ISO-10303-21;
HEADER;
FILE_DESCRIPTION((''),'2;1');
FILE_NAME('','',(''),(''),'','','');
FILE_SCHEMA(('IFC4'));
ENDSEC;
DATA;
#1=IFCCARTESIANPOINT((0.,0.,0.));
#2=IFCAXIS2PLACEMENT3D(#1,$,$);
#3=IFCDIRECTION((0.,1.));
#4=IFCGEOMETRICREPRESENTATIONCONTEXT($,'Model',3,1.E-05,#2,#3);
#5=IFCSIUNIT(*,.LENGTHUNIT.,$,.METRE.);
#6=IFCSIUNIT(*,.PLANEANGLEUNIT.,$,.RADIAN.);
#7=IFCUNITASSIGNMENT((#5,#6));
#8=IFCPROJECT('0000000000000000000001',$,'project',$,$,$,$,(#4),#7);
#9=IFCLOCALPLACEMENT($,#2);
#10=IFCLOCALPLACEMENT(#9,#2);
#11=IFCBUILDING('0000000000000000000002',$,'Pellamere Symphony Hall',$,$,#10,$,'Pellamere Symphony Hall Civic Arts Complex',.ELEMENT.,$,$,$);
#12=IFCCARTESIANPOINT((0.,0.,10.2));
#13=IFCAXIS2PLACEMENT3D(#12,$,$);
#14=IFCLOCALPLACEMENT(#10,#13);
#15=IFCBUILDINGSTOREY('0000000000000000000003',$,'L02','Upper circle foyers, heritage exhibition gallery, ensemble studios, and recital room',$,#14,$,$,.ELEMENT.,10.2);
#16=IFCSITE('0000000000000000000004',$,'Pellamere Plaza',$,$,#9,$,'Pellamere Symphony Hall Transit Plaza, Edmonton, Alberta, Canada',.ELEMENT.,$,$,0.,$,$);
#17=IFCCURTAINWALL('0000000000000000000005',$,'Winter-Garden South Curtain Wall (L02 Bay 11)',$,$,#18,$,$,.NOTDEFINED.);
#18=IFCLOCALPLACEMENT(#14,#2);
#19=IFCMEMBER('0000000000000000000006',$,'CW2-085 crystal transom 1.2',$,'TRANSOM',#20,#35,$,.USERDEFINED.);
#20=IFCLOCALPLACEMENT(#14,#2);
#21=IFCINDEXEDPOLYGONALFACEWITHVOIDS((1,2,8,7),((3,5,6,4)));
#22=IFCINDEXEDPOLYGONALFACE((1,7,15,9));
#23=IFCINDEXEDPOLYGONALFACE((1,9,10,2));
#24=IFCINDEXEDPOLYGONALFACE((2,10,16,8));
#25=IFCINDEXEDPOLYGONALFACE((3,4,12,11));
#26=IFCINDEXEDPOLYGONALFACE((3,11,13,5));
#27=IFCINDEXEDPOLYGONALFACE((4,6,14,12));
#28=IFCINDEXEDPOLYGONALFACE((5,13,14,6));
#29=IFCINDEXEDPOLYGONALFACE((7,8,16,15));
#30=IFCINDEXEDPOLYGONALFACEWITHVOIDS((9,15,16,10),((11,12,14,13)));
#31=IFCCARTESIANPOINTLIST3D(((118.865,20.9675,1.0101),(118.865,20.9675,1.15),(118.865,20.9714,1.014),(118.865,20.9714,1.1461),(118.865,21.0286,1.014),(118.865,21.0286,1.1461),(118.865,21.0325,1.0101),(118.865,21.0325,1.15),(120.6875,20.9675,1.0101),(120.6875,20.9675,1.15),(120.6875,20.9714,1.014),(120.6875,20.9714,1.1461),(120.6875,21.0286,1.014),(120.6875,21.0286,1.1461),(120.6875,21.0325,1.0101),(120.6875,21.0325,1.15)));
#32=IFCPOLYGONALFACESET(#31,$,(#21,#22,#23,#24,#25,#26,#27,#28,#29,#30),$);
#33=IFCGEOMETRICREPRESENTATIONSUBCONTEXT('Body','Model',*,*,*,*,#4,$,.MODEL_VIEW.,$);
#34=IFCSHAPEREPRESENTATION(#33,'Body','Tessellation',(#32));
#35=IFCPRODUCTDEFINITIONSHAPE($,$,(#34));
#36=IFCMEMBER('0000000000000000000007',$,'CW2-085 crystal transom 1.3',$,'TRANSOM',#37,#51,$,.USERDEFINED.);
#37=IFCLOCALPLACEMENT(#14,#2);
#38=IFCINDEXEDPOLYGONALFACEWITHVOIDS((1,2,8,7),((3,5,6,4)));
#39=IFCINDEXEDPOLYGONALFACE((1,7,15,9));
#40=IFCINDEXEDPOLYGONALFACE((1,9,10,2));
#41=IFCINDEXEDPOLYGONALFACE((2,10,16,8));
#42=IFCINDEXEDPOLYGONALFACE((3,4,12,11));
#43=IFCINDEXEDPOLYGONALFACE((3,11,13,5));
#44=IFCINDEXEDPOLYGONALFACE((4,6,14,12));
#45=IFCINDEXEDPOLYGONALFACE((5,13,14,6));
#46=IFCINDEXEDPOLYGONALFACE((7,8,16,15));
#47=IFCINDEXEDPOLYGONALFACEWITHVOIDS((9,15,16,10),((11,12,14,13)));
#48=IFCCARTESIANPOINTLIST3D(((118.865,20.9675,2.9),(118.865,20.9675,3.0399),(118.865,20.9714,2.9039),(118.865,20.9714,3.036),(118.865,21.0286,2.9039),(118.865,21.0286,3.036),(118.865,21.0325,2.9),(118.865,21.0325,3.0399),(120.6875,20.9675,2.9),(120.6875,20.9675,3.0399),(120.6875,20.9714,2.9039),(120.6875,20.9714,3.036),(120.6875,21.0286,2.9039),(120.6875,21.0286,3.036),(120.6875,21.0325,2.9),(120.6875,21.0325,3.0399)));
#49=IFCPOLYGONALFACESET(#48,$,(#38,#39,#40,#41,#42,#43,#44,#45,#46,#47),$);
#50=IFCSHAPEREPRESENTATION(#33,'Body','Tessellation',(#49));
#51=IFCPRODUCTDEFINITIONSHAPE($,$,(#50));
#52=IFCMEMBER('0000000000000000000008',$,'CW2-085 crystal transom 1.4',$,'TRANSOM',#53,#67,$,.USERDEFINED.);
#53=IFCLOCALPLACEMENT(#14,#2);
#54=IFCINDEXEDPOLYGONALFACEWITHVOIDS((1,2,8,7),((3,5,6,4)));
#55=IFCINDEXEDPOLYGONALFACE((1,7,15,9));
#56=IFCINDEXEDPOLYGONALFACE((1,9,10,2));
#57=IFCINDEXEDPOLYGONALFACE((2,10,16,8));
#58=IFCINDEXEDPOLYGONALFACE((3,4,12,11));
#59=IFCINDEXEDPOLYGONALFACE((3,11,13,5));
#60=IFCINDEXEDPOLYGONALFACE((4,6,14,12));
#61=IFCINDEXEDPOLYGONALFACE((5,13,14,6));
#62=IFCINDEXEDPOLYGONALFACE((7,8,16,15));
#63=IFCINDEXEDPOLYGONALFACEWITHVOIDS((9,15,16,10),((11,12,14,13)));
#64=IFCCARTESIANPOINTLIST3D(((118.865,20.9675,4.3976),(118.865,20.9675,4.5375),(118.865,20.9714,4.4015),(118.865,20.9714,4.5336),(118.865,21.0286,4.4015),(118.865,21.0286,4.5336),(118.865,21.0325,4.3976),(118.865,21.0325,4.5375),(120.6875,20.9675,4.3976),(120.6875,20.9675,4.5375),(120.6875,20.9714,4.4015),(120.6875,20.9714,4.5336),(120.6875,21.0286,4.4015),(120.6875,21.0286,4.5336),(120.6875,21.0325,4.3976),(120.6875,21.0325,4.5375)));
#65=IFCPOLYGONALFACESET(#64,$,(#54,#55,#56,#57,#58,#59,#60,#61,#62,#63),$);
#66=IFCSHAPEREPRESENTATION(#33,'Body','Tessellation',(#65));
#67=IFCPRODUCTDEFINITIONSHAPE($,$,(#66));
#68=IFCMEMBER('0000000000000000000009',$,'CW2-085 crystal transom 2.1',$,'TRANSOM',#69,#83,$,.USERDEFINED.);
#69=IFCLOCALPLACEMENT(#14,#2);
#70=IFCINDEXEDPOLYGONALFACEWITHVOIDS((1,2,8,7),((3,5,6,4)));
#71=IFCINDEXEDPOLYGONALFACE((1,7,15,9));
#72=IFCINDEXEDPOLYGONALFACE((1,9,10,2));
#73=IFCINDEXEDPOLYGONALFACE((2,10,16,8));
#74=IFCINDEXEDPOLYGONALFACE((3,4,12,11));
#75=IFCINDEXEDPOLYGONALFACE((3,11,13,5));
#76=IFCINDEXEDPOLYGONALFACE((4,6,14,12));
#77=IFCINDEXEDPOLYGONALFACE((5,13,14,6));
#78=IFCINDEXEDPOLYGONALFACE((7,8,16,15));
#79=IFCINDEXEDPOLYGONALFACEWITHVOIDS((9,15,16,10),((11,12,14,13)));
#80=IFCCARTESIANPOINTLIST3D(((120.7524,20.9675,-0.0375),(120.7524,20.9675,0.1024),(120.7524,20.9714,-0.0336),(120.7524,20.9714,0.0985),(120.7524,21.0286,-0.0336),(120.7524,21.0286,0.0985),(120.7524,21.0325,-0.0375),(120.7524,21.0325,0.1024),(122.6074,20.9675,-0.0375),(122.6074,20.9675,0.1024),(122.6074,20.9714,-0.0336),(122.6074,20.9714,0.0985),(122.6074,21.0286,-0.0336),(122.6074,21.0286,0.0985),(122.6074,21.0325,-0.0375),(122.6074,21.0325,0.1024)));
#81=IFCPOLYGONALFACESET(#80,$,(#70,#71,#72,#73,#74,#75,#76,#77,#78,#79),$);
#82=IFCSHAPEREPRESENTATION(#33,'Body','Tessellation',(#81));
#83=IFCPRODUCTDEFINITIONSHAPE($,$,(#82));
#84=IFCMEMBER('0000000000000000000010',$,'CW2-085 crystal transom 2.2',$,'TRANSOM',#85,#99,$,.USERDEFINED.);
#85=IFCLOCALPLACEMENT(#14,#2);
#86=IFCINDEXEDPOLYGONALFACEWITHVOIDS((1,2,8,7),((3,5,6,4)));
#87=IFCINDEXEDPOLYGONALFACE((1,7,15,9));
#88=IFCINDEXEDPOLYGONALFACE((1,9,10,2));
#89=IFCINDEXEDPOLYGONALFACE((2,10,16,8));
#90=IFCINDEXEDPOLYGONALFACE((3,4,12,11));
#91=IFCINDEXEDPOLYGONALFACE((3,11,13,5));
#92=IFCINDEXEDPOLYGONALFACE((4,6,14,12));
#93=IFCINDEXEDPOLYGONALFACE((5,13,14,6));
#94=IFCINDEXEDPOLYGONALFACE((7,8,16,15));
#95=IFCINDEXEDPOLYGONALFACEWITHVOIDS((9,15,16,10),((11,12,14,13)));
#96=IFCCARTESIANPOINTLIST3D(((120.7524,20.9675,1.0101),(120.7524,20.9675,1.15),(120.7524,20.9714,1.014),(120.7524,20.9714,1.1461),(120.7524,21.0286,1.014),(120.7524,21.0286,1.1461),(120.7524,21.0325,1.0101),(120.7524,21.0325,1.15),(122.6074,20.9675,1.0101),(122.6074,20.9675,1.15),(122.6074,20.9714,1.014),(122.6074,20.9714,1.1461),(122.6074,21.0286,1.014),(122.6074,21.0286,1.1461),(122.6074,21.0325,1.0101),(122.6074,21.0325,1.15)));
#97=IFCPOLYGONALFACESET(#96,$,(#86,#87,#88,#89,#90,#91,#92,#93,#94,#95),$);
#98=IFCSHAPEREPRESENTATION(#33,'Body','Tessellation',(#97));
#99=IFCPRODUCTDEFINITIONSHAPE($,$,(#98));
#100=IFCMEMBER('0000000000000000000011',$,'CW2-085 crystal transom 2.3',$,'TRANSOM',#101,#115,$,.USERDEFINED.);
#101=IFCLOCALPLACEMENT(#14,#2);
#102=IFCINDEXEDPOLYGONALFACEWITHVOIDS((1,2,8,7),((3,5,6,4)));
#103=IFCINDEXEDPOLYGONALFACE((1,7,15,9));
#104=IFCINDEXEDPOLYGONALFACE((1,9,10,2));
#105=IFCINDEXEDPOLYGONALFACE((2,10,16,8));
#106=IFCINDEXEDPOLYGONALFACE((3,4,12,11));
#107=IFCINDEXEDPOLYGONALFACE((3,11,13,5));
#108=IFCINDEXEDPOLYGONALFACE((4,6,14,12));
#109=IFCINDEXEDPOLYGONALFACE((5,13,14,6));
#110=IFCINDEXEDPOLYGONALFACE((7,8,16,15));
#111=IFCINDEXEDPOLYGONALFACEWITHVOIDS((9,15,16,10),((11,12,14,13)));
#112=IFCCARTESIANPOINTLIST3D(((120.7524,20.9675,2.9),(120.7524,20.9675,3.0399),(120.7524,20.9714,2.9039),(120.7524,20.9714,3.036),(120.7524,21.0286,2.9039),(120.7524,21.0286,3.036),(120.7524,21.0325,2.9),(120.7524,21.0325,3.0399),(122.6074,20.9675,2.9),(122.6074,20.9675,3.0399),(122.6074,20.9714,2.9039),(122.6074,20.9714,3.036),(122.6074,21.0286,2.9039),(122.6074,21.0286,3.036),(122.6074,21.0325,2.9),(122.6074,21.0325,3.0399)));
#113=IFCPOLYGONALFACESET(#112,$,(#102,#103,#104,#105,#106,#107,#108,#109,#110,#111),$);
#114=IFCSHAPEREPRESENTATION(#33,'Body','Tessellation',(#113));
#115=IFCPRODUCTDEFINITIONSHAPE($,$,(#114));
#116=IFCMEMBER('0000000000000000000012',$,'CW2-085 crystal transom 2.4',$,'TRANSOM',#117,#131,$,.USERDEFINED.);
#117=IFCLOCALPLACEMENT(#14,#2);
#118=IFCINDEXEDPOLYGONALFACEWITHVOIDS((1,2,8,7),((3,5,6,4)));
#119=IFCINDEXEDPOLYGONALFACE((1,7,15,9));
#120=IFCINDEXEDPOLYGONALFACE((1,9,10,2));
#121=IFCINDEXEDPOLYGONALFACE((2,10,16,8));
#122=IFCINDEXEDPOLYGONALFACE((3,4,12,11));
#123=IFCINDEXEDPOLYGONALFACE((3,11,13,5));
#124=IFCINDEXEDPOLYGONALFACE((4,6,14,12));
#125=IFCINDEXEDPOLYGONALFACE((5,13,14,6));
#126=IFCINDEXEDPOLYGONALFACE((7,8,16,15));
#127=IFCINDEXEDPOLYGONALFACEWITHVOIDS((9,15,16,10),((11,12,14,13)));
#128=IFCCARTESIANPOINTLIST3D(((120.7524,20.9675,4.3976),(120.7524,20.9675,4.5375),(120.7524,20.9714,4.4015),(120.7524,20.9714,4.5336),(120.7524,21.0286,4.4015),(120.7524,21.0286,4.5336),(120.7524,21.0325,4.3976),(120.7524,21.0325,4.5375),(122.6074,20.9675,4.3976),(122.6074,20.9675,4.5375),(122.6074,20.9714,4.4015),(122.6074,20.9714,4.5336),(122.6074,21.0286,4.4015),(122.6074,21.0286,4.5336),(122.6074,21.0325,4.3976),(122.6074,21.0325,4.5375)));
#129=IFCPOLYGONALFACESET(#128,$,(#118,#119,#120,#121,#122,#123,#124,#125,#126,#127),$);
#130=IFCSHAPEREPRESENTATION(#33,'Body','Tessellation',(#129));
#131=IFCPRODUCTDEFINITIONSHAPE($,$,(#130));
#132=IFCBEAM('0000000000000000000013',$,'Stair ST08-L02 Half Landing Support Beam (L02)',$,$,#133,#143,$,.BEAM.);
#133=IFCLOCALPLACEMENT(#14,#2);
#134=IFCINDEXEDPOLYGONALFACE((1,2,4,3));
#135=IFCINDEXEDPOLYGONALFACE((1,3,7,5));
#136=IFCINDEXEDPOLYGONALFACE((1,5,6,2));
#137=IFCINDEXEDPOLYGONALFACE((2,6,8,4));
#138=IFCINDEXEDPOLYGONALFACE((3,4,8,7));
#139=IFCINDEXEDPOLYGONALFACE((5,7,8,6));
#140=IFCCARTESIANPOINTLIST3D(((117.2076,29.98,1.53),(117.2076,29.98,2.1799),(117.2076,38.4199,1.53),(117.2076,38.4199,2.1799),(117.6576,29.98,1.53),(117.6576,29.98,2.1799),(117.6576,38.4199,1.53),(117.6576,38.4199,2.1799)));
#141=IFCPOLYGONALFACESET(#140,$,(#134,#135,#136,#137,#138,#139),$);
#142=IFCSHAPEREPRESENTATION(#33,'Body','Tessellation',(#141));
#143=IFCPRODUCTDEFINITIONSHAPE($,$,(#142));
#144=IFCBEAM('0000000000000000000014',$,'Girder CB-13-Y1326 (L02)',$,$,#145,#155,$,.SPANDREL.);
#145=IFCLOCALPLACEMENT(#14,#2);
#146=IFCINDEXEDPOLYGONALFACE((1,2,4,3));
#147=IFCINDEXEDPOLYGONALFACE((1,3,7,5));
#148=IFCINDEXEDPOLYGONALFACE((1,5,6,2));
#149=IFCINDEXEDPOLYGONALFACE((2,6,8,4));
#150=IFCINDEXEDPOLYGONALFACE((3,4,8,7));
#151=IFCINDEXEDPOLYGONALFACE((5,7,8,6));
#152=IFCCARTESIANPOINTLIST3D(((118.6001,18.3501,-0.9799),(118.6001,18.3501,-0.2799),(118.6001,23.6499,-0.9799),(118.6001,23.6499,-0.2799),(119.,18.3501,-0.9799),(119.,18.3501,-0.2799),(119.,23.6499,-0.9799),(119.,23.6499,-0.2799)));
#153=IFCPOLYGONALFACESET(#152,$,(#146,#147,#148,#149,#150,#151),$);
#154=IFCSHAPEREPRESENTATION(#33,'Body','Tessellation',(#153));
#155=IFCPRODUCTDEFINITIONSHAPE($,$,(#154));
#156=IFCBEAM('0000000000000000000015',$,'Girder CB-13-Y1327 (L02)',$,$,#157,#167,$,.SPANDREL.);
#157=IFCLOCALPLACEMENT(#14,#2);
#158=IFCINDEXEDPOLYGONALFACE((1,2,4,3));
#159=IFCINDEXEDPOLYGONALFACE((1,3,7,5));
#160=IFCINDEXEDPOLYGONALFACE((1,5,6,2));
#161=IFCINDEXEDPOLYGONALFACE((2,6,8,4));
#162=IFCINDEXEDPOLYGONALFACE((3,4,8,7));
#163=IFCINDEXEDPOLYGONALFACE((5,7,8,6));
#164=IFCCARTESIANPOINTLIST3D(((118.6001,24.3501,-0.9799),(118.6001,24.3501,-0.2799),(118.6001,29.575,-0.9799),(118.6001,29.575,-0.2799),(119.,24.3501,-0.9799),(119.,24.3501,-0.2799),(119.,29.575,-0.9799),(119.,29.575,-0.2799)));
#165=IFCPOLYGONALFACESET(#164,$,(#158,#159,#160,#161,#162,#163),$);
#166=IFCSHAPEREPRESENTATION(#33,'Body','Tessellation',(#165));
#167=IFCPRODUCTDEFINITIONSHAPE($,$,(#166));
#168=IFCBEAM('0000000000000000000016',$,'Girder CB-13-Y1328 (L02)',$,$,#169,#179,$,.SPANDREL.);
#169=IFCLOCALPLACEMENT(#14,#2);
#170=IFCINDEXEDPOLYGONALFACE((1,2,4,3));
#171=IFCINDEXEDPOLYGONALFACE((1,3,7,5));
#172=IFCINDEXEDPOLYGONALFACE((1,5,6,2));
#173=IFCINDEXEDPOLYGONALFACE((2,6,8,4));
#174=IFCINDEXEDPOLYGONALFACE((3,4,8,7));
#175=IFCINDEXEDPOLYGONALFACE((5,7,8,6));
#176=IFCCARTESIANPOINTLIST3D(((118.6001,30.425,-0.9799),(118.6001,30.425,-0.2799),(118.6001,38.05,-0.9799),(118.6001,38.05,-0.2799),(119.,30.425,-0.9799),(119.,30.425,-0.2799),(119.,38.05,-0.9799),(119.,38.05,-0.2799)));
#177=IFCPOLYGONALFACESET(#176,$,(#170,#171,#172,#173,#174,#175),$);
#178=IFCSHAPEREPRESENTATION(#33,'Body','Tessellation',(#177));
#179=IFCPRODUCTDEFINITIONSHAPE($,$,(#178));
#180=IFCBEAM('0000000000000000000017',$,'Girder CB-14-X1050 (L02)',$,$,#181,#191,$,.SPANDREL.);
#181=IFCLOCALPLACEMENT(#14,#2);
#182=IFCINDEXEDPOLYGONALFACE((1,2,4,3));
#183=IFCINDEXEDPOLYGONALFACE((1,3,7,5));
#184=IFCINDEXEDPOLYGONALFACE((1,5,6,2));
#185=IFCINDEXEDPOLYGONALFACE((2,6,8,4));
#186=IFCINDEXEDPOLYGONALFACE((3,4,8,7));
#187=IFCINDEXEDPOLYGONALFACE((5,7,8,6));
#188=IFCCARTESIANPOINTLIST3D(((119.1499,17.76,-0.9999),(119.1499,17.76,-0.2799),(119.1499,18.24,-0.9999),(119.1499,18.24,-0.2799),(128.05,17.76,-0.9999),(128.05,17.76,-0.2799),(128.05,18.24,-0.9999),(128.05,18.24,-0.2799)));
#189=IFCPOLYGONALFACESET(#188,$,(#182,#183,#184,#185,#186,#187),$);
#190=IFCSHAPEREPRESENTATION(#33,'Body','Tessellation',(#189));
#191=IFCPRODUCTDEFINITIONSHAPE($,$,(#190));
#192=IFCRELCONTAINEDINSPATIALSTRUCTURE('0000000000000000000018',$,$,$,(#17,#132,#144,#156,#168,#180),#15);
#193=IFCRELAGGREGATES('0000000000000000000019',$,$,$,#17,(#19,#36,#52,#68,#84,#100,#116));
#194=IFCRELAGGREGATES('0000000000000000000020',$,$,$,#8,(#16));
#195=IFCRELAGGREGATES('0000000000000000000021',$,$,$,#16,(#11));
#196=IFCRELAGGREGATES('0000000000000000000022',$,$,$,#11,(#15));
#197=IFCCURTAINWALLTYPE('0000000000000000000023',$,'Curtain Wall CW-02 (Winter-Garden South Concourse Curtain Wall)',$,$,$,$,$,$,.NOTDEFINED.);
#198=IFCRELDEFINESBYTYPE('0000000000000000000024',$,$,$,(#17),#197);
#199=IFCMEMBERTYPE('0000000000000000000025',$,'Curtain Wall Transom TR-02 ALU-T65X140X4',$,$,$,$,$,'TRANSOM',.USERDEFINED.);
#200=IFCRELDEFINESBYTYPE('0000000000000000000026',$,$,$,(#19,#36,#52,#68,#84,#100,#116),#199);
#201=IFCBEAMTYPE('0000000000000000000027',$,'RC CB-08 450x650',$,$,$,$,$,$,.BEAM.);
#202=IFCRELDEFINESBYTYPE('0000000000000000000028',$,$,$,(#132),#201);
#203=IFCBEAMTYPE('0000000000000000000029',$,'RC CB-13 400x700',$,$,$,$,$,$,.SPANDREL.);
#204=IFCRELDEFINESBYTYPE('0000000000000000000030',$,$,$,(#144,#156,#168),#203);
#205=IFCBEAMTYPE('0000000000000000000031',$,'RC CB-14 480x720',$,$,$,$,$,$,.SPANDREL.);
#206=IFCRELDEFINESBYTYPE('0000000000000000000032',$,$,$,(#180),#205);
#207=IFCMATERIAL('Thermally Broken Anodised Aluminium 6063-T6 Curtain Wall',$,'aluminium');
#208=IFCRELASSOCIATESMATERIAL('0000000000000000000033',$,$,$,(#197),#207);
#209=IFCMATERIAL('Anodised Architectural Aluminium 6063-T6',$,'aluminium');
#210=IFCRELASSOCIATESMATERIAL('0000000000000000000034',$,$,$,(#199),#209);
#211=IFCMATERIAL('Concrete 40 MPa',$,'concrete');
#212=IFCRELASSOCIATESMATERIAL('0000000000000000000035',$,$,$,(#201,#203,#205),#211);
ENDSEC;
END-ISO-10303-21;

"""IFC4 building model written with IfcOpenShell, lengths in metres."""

from ifc_helpers import new_model, si_unit, direction, frame, origin, origin_2d, place, context, subcontext, project, spatial, rectangle, hollow_rectangle, extrude, material, material_profile, profile_set, type_object, element, aggregate, save


model = new_model("IFC4")

# Units and contexts
model_context = context("Model", 3, precision=1e-05, world=origin(), true_north=direction((0.0, 1.0)))
body_context = subcontext(model_context, "Body", "Model", "MODEL_VIEW")
ifc_project = project(units=[si_unit("LENGTHUNIT", "METRE"), si_unit("PLANEANGLEUNIT", "RADIAN")], contexts=[model_context])

# Site, building, storey
site_placement = place(None, origin())
site = spatial("IfcSite", under=ifc_project, at=site_placement, Name="Pellamere Plaza", LongName="Pellamere Symphony Hall Transit Plaza, Edmonton, Alberta, Canada", CompositionType="ELEMENT", RefElevation=0.0)
building_placement = place(site_placement, origin())
building = spatial("IfcBuilding", under=site, at=building_placement, Name="Pellamere Symphony Hall", LongName="Pellamere Symphony Hall Civic Arts Complex", CompositionType="ELEMENT")
storey_placement = place(building_placement, frame((0.0, 0.0, 10.2)))
storey = spatial("IfcBuildingStorey", under=building, at=storey_placement, Name="L02", Description="Upper circle foyers, heritage exhibition gallery, ensemble studios, and recital room", CompositionType="ELEMENT", Elevation=10.2)

# Shared definitions
ifc_material_1 = material(Name="Concrete 40 MPa", Category="concrete")

# Shared definitions
ifc_material_2 = material(Name="Thermally Broken Anodised Aluminium 6063-T6 Curtain Wall", Category="aluminium")
ifc_material_3 = material(Name="Anodised Architectural Aluminium 6063-T6", Category="aluminium")
curtain_wall_type_1 = type_object("IfcCurtainWallType", Name="Curtain Wall CW-02 (Winter-Garden South Concourse Curtain Wall)", PredefinedType="NOTDEFINED", material=ifc_material_2)

# Curtain wall
curtain_wall_1_placement = place(storey_placement, origin())
curtain_wall_1 = element("IfcCurtainWall", 1, at=curtain_wall_1_placement, inside=storey, type_object=curtain_wall_type_1, Name="Winter-Garden South Curtain Wall (L02 Bay 11)", PredefinedType="NOTDEFINED")

# Members
ifc_material_profile_1 = material_profile(ifc_material_3, hollow_rectangle(XDim=0.0649, YDim=0.1399, WallThickness=0.0039, at=origin_2d()), Name="ALU-T65X140X4")
ifc_profile_set_1 = profile_set([ifc_material_profile_1], Name="Anodised Architectural Aluminium 6063-T6")
member_type_1 = type_object("IfcMemberType", Name="Curtain Wall Transom TR-02 ALU-T65X140X4", ElementType="TRANSOM", PredefinedType="USERDEFINED", material=ifc_profile_set_1)
member_1_placement = place(storey_placement, frame((118.865, 21.0, 1.0801), z_axis=(1.0, 0.0, 0.0), x_axis=(0.0, 1.0, 0.0)))
member_1 = element("IfcMember", 2, at=member_1_placement, type_object=member_type_1, Name="CW2-085 crystal transom 1.2", ObjectType="TRANSOM", PredefinedType="USERDEFINED", context=body_context, shape_type="SweptSolid", body=[
    extrude(hollow_rectangle(XDim=0.0649, YDim=0.1399, WallThickness=0.0039, at=origin_2d()), origin(), (0.0, 0.0, 1.0), 1.8225),
])
member_2_placement = place(storey_placement, frame((118.865, 21.0, 2.97), z_axis=(1.0, 0.0, 0.0), x_axis=(0.0, 1.0, 0.0)))
member_2 = element("IfcMember", 3, at=member_2_placement, type_object=member_type_1, Name="CW2-085 crystal transom 1.3", ObjectType="TRANSOM", PredefinedType="USERDEFINED", context=body_context, shape_type="SweptSolid", body=[
    extrude(hollow_rectangle(XDim=0.0649, YDim=0.1399, WallThickness=0.0039, at=origin_2d()), origin(), (0.0, 0.0, 1.0), 1.8225),
])
member_3_placement = place(storey_placement, frame((118.865, 21.0, 4.4675), z_axis=(1.0, 0.0, 0.0), x_axis=(0.0, 1.0, 0.0)))
member_3 = element("IfcMember", 4, at=member_3_placement, type_object=member_type_1, Name="CW2-085 crystal transom 1.4", ObjectType="TRANSOM", PredefinedType="USERDEFINED", context=body_context, shape_type="SweptSolid", body=[
    extrude(hollow_rectangle(XDim=0.0649, YDim=0.1399, WallThickness=0.0039, at=origin_2d()), origin(), (0.0, 0.0, 1.0), 1.8225),
])
member_4_placement = place(storey_placement, frame((120.7524, 21.0, 0.0325), z_axis=(1.0, 0.0, 0.0), x_axis=(0.0, 1.0, 0.0)))
member_4 = element("IfcMember", 5, at=member_4_placement, type_object=member_type_1, Name="CW2-085 crystal transom 2.1", ObjectType="TRANSOM", PredefinedType="USERDEFINED", context=body_context, shape_type="SweptSolid", body=[
    extrude(hollow_rectangle(XDim=0.0649, YDim=0.1399, WallThickness=0.0039, at=origin_2d()), origin(), (0.0, 0.0, 1.0), 1.855),
])
member_5_placement = place(storey_placement, frame((120.7524, 21.0, 1.0801), z_axis=(1.0, 0.0, 0.0), x_axis=(0.0, 1.0, 0.0)))
member_5 = element("IfcMember", 6, at=member_5_placement, type_object=member_type_1, Name="CW2-085 crystal transom 2.2", ObjectType="TRANSOM", PredefinedType="USERDEFINED", context=body_context, shape_type="SweptSolid", body=[
    extrude(hollow_rectangle(XDim=0.0649, YDim=0.1399, WallThickness=0.0039, at=origin_2d()), origin(), (0.0, 0.0, 1.0), 1.855),
])
member_6_placement = place(storey_placement, frame((120.7524, 21.0, 2.97), z_axis=(1.0, 0.0, 0.0), x_axis=(0.0, 1.0, 0.0)))
member_6 = element("IfcMember", 7, at=member_6_placement, type_object=member_type_1, Name="CW2-085 crystal transom 2.3", ObjectType="TRANSOM", PredefinedType="USERDEFINED", context=body_context, shape_type="SweptSolid", body=[
    extrude(hollow_rectangle(XDim=0.0649, YDim=0.1399, WallThickness=0.0039, at=origin_2d()), origin(), (0.0, 0.0, 1.0), 1.855),
])
member_7_placement = place(storey_placement, frame((120.7524, 21.0, 4.4675), z_axis=(1.0, 0.0, 0.0), x_axis=(0.0, 1.0, 0.0)))
member_7 = element("IfcMember", 8, at=member_7_placement, type_object=member_type_1, Name="CW2-085 crystal transom 2.4", ObjectType="TRANSOM", PredefinedType="USERDEFINED", context=body_context, shape_type="SweptSolid", body=[
    extrude(hollow_rectangle(XDim=0.0649, YDim=0.1399, WallThickness=0.0039, at=origin_2d()), origin(), (0.0, 0.0, 1.0), 1.855),
])

# Beams
ifc_material_profile_2 = material_profile(ifc_material_1, rectangle(XDim=0.45, YDim=0.6499, at=origin_2d()), Name="RC 450x650")
ifc_profile_set_2 = profile_set([ifc_material_profile_2], Name="Concrete 40 MPa")
beam_type_1 = type_object("IfcBeamType", Name="RC CB-08 450x650", PredefinedType="BEAM", material=ifc_profile_set_2)
beam_1_placement = place(storey_placement, frame((117.4326, 29.98, 1.855), z_axis=(0.0, 1.0, 0.0), x_axis=(-1.0, 0.0, 0.0)))
element("IfcBeam", 9, at=beam_1_placement, inside=storey, type_object=beam_type_1, Name="Stair ST08-L02 Half Landing Support Beam (L02)", PredefinedType="BEAM", context=body_context, shape_type="SweptSolid", body=[
    extrude(rectangle(XDim=0.45, YDim=0.6499, at=origin_2d()), origin(), (0.0, 0.0, 1.0), 8.4399),
])
ifc_material_profile_3 = material_profile(ifc_material_1, rectangle(XDim=0.3999, YDim=0.7, at=origin_2d()), Name="RC 400x700")
ifc_profile_set_3 = profile_set([ifc_material_profile_3], Name="Concrete 40 MPa")
beam_type_2 = type_object("IfcBeamType", Name="RC CB-13 400x700", PredefinedType="SPANDREL", material=ifc_profile_set_3)
beam_2_placement = place(storey_placement, frame((118.8, 18.3501, -0.6299), z_axis=(0.0, 1.0, 0.0), x_axis=(-1.0, 0.0, 0.0)))
element("IfcBeam", 10, at=beam_2_placement, inside=storey, type_object=beam_type_2, Name="Girder CB-13-Y1326 (L02)", PredefinedType="SPANDREL", context=body_context, shape_type="SweptSolid", body=[
    extrude(rectangle(XDim=0.3999, YDim=0.7, at=origin_2d()), origin(), (0.0, 0.0, 1.0), 5.2998),
])
beam_3_placement = place(storey_placement, frame((118.8, 24.3501, -0.6299), z_axis=(0.0, 1.0, 0.0), x_axis=(-1.0, 0.0, 0.0)))
element("IfcBeam", 11, at=beam_3_placement, inside=storey, type_object=beam_type_2, Name="Girder CB-13-Y1327 (L02)", PredefinedType="SPANDREL", context=body_context, shape_type="SweptSolid", body=[
    extrude(rectangle(XDim=0.3999, YDim=0.7, at=origin_2d()), origin(), (0.0, 0.0, 1.0), 5.2249),
])
beam_4_placement = place(storey_placement, frame((118.8, 30.425, -0.6299), z_axis=(0.0, 1.0, 0.0), x_axis=(-1.0, 0.0, 0.0)))
element("IfcBeam", 12, at=beam_4_placement, inside=storey, type_object=beam_type_2, Name="Girder CB-13-Y1328 (L02)", PredefinedType="SPANDREL", context=body_context, shape_type="SweptSolid", body=[
    extrude(rectangle(XDim=0.3999, YDim=0.7, at=origin_2d()), origin(), (0.0, 0.0, 1.0), 7.625),
])
ifc_material_profile_4 = material_profile(ifc_material_1, rectangle(XDim=0.48, YDim=0.72, at=origin_2d()), Name="RC 480x720")
ifc_profile_set_4 = profile_set([ifc_material_profile_4], Name="Concrete 40 MPa")
beam_type_3 = type_object("IfcBeamType", Name="RC CB-14 480x720", PredefinedType="SPANDREL", material=ifc_profile_set_4)
beam_5_placement = place(storey_placement, frame((119.1499, 18.0, -0.6399), z_axis=(1.0, 0.0, 0.0), x_axis=(0.0, 1.0, 0.0)))
element("IfcBeam", 13, at=beam_5_placement, inside=storey, type_object=beam_type_3, Name="Girder CB-14-X1050 (L02)", PredefinedType="SPANDREL", context=body_context, shape_type="SweptSolid", body=[
    extrude(rectangle(XDim=0.48, YDim=0.72, at=origin_2d()), origin(), (0.0, 0.0, 1.0), 8.9001),
])

aggregate(curtain_wall_1, [member_1, member_2, member_3, member_4, member_5, member_6, member_7])

save(model, "model.ifc")
